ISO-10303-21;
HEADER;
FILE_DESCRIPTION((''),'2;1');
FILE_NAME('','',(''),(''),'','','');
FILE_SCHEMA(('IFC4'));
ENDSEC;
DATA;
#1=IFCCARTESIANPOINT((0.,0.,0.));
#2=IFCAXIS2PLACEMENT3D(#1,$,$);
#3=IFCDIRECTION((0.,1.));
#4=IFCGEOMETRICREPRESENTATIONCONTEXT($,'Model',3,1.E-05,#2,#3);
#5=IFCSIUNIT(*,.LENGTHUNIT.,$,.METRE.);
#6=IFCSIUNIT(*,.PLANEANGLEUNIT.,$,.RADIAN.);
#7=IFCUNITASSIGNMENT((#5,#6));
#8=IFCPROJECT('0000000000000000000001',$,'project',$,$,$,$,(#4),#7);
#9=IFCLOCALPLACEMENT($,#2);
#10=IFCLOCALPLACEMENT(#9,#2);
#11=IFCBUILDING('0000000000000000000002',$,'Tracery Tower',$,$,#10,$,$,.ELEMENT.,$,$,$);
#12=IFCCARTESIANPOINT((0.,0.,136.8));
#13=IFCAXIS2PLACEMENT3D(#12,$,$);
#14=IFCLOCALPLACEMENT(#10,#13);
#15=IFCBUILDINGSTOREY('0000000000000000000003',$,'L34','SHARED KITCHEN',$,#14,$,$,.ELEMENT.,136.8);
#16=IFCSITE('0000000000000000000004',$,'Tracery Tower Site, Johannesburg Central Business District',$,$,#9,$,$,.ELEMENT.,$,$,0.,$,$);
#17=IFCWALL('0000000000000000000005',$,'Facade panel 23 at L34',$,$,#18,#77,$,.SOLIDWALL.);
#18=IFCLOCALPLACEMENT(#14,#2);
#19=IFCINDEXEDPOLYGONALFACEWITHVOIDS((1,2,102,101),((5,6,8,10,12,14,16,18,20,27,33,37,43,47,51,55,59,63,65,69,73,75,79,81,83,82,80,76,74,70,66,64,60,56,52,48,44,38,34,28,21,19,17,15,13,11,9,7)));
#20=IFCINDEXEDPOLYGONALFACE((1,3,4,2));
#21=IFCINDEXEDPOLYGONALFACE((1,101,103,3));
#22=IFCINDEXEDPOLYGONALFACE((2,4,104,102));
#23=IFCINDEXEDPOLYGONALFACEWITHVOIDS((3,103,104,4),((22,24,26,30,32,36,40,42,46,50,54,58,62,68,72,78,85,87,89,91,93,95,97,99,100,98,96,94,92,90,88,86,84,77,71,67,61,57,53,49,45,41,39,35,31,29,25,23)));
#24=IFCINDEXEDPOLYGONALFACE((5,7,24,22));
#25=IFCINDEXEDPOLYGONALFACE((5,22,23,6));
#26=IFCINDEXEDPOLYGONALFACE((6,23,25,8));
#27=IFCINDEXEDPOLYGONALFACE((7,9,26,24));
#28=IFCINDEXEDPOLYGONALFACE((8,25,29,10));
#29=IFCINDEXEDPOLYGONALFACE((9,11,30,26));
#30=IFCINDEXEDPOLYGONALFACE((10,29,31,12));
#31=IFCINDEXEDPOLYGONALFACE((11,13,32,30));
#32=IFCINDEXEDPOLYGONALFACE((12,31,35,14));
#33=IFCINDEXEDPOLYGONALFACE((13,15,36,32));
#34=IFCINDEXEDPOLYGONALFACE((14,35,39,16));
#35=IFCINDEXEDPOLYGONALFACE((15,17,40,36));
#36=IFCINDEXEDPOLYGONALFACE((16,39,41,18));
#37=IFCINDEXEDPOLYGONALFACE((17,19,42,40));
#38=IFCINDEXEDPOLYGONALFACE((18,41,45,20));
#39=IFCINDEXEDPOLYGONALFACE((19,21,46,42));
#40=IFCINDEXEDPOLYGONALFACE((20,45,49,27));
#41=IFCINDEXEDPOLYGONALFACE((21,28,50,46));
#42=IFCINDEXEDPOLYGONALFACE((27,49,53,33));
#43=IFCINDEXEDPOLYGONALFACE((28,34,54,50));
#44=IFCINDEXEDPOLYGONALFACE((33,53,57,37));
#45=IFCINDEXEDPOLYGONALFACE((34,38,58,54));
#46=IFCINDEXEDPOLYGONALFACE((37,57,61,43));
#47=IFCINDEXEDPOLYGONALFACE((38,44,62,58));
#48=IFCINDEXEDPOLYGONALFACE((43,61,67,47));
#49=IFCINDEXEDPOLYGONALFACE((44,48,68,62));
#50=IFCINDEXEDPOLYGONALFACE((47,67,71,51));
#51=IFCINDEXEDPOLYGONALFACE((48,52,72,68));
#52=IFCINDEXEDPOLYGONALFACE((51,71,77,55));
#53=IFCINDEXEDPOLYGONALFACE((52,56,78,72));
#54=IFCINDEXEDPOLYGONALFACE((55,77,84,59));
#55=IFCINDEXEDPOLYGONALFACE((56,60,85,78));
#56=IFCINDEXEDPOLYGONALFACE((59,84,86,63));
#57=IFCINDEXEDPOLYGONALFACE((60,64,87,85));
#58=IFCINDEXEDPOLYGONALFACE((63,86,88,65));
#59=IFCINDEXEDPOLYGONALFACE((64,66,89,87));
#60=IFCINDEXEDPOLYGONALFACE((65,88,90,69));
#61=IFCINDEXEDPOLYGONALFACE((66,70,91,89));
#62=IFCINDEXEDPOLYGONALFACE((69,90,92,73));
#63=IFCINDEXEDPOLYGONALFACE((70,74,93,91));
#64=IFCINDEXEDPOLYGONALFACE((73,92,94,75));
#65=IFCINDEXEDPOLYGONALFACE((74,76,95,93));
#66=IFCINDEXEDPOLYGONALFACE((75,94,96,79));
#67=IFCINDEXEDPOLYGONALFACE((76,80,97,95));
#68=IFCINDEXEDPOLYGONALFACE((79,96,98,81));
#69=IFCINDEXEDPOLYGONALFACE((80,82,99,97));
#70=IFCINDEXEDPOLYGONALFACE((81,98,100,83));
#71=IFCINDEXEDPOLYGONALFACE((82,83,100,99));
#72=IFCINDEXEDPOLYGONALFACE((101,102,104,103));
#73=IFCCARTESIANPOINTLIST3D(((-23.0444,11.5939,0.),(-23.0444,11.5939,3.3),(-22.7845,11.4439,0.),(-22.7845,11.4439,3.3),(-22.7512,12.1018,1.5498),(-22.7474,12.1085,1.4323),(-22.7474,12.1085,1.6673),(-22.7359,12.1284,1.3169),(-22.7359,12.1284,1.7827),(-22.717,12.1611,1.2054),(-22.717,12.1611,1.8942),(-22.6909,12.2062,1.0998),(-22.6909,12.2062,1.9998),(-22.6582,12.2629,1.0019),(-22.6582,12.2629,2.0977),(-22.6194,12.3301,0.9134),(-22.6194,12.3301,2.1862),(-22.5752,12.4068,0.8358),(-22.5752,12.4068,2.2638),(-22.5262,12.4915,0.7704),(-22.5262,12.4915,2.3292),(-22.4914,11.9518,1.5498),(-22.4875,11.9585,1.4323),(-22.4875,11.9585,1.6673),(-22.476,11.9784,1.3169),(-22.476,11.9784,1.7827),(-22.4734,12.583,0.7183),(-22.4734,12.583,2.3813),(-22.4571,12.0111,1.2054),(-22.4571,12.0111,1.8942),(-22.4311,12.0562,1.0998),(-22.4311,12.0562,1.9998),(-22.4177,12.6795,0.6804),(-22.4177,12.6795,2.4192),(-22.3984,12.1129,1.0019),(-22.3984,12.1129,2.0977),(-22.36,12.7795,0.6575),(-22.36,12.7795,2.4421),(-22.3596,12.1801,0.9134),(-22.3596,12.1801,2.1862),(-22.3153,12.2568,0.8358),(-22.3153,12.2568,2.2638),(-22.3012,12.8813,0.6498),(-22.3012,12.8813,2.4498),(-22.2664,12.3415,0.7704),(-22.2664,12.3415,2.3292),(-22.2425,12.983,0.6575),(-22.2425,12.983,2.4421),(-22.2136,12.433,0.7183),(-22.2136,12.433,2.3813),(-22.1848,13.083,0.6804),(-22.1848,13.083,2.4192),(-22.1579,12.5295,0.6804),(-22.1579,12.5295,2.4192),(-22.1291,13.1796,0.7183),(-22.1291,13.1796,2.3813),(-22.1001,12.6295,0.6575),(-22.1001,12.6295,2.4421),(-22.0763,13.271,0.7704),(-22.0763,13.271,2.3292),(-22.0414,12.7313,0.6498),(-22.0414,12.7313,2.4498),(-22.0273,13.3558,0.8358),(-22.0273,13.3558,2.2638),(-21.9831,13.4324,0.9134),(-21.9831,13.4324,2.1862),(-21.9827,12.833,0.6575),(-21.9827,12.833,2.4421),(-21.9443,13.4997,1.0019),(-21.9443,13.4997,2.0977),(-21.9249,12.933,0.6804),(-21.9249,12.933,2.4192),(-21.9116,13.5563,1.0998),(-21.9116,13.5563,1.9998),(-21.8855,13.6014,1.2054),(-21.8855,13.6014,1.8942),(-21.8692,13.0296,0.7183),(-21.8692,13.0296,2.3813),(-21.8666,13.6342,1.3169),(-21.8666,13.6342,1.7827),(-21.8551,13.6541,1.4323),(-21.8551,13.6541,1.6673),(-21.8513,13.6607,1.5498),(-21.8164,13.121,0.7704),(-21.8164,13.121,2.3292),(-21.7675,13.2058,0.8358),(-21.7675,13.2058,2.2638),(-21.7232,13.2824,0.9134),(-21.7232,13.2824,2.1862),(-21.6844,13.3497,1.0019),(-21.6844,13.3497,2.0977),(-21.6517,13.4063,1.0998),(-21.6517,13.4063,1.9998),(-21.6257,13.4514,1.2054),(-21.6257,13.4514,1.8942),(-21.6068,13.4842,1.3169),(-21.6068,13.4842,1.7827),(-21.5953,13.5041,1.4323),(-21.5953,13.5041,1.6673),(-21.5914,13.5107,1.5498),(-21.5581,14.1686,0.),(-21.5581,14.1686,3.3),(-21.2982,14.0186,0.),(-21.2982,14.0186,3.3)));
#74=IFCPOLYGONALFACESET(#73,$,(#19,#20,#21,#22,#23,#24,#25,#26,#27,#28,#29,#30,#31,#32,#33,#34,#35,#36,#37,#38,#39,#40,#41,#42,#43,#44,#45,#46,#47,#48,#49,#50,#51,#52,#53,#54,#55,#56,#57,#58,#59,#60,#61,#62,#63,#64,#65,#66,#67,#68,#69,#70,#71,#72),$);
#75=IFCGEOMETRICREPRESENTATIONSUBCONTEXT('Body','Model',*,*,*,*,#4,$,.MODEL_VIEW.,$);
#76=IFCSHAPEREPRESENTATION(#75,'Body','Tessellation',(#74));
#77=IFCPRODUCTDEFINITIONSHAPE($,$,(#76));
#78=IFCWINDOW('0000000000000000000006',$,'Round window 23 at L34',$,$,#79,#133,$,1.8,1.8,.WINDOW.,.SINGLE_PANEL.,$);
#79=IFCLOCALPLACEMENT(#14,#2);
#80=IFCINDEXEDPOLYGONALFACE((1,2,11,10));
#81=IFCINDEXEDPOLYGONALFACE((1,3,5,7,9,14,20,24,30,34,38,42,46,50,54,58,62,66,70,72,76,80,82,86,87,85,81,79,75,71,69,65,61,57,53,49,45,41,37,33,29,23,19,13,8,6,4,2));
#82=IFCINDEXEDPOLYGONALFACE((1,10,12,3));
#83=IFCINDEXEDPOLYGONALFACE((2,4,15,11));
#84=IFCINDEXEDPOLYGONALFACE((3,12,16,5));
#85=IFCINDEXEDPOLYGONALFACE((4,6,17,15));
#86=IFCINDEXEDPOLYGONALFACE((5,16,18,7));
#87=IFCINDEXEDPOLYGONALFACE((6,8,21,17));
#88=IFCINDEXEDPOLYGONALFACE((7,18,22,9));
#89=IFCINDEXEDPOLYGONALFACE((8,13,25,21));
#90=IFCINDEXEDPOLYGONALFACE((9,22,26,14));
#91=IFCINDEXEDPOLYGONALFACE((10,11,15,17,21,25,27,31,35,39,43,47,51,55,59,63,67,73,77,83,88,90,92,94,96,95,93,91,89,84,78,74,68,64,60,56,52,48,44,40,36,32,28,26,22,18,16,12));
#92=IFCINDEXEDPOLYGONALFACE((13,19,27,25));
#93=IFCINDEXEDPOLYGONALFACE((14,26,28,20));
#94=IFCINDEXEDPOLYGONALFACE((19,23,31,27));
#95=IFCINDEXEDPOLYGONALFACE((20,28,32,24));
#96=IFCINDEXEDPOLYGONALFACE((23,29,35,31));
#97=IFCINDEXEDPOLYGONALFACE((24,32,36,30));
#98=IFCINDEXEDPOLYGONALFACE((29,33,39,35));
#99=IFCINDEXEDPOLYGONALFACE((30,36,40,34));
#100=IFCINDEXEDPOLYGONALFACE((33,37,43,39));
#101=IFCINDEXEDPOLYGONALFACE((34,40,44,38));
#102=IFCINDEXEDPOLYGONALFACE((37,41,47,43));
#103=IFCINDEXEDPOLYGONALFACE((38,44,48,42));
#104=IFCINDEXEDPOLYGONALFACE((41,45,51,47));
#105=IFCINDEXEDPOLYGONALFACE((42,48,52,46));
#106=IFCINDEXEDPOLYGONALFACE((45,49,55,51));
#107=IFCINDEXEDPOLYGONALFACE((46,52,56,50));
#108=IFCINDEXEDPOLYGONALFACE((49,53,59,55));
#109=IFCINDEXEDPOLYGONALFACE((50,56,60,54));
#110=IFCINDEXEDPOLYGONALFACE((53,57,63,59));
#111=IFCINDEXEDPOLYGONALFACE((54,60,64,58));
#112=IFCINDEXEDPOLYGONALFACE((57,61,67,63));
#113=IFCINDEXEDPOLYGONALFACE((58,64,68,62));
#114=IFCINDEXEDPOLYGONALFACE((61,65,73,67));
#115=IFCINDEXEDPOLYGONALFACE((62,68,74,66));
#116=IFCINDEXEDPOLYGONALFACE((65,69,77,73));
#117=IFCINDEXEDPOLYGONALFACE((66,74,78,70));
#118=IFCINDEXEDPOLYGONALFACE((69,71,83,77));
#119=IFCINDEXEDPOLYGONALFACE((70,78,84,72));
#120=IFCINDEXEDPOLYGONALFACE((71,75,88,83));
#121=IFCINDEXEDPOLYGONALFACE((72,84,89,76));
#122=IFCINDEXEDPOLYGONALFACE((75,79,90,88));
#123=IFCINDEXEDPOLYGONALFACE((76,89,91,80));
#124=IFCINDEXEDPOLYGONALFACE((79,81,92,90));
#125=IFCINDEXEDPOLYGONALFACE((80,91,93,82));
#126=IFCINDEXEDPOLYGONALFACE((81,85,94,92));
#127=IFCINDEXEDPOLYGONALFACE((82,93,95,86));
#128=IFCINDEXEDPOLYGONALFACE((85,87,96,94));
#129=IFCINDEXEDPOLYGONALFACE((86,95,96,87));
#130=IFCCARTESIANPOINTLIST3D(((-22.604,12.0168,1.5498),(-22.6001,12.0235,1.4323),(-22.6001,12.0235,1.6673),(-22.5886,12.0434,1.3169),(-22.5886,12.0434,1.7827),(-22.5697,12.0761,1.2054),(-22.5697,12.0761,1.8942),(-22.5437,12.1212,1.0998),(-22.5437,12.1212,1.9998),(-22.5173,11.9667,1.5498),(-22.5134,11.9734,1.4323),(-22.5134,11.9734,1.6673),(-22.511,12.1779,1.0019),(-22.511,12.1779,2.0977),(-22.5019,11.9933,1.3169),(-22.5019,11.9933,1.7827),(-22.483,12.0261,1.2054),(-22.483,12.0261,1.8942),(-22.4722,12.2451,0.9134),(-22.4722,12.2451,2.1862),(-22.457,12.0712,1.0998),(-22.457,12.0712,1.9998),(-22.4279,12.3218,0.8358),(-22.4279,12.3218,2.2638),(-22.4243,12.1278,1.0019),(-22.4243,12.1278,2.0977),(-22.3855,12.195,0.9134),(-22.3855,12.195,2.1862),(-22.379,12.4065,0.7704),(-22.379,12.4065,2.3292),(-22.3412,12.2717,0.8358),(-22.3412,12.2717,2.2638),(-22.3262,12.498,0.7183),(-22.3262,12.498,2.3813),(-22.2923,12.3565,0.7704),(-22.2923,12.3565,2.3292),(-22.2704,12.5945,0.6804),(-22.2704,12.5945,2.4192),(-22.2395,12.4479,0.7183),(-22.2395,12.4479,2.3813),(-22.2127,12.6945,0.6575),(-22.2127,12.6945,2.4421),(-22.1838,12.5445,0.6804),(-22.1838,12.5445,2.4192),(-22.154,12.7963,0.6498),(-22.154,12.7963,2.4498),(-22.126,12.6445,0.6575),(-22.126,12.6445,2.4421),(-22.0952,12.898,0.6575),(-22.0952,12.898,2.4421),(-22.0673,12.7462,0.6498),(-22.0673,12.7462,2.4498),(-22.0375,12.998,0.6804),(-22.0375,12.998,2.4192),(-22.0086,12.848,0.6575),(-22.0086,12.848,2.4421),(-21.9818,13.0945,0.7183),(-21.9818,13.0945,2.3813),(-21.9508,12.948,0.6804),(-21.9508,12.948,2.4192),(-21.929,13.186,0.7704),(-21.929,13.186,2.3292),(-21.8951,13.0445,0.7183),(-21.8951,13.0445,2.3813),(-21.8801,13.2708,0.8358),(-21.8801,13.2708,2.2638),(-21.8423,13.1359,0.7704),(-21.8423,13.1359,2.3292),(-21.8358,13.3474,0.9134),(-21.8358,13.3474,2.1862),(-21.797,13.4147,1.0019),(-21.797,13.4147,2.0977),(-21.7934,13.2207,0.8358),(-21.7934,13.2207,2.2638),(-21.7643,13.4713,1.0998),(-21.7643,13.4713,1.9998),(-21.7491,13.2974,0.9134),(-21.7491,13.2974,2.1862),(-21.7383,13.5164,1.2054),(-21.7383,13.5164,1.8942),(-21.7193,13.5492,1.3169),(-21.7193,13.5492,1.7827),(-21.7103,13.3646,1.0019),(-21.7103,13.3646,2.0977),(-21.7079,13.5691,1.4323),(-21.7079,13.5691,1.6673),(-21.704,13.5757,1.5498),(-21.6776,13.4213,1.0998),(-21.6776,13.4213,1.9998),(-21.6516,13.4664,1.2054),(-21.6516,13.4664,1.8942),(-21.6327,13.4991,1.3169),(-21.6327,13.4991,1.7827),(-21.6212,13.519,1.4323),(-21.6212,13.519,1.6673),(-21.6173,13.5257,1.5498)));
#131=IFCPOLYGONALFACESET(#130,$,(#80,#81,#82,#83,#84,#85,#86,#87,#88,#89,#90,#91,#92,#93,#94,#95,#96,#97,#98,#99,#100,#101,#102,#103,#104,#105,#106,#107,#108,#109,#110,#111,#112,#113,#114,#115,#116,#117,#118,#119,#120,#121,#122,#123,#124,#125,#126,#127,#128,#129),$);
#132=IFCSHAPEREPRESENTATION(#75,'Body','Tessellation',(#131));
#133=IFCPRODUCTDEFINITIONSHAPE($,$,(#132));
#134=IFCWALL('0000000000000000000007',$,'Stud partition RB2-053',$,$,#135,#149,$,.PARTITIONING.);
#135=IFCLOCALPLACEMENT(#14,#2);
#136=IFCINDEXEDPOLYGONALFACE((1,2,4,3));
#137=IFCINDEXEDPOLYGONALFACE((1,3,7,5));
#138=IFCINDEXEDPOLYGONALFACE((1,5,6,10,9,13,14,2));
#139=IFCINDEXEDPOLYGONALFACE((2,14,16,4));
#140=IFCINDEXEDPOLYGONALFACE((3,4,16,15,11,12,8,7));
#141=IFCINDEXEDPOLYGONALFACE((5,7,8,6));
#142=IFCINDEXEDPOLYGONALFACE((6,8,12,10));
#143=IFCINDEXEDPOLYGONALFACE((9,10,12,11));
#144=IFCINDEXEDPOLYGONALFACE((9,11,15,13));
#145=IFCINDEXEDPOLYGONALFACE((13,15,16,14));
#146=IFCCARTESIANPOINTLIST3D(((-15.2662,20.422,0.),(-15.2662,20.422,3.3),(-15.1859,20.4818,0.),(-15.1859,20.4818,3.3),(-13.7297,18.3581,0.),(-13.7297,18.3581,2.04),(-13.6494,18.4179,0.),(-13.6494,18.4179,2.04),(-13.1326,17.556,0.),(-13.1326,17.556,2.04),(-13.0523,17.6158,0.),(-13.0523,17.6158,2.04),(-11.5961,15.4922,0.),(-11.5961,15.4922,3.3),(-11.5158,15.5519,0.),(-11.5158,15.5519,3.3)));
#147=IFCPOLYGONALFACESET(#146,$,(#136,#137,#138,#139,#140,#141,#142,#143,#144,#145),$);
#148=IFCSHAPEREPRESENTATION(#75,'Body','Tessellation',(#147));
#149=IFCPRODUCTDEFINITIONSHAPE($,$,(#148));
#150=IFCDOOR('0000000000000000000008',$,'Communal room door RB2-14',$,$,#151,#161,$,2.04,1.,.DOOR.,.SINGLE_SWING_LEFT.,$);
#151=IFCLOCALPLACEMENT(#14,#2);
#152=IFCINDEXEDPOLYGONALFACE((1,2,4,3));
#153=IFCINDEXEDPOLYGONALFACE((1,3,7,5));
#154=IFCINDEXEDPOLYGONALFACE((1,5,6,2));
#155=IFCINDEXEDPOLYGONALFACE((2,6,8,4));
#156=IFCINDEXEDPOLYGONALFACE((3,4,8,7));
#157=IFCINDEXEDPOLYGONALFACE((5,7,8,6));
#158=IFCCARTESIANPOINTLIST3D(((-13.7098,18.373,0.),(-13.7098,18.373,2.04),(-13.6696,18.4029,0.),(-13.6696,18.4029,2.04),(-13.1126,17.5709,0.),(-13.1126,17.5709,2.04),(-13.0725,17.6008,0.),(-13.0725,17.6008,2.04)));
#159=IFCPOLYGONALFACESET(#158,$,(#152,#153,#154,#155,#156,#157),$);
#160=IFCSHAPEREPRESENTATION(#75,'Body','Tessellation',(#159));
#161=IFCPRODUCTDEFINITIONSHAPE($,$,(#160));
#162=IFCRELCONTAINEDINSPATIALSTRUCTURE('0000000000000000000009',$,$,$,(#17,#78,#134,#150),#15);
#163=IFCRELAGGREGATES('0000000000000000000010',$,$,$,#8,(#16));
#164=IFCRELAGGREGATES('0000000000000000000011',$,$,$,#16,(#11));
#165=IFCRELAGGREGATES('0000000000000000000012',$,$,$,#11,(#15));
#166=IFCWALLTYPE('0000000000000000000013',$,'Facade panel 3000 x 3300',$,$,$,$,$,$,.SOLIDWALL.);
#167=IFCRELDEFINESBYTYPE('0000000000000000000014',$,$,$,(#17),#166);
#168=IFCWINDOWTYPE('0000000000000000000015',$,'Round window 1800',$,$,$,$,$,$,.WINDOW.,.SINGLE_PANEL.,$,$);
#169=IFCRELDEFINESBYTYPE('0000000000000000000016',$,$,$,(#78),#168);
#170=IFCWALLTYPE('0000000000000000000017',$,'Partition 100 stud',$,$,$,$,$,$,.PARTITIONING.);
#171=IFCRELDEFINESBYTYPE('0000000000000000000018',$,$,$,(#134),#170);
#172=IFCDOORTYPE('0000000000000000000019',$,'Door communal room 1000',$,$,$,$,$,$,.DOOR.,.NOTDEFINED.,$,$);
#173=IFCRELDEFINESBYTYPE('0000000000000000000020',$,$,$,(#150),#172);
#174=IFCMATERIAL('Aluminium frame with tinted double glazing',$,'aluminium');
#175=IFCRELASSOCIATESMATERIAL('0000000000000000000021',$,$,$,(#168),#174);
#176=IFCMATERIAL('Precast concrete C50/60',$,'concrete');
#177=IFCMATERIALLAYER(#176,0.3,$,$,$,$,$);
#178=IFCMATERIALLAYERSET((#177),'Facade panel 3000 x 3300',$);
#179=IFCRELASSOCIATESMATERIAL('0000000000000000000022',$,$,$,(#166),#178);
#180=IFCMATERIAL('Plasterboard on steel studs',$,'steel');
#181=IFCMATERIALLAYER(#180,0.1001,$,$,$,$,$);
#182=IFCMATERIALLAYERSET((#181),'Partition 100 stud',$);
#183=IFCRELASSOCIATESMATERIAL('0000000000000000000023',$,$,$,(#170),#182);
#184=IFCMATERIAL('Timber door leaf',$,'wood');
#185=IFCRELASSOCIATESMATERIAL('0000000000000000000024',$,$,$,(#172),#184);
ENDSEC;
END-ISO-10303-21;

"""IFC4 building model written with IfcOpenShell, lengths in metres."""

from ifc_helpers import new_model, si_unit, direction, frame, frame_2d, origin, origin_2d, place, context, subcontext, project, spatial, rectangle, circle, extrude, material, layer, layer_set, type_object, element, fill, save


model = new_model("IFC4")

# Units and contexts
model_context = context("Model", 3, precision=1e-05, world=origin(), true_north=direction((0.0, 1.0)))
body_context = subcontext(model_context, "Body", "Model", "MODEL_VIEW")
ifc_project = project(units=[si_unit("LENGTHUNIT", "METRE"), si_unit("PLANEANGLEUNIT", "RADIAN")], contexts=[model_context])

# Site, building, storey
site_placement = place(None, origin())
site = spatial("IfcSite", under=ifc_project, at=site_placement, Name="Tracery Tower Site, Johannesburg Central Business District", CompositionType="ELEMENT", RefElevation=0.0)
building_placement = place(site_placement, origin())
building = spatial("IfcBuilding", under=site, at=building_placement, Name="Tracery Tower", CompositionType="ELEMENT")
storey_placement = place(building_placement, frame((0.0, 0.0, 136.8)))
storey = spatial("IfcBuildingStorey", under=building, at=storey_placement, Name="L34", Description="SHARED KITCHEN", CompositionType="ELEMENT", Elevation=136.8)

# Wall, opening, window
ifc_material_1 = material(Name="Aluminium frame with tinted double glazing", Category="aluminium")
window_type = type_object("IfcWindowType", Name="Round window 1800", PartitioningType="SINGLE_PANEL", PredefinedType="WINDOW", material=ifc_material_1)
ifc_material_2 = material(Name="Precast concrete C50/60", Category="concrete")
ifc_layer_1 = layer(ifc_material_2, 0.3)
ifc_layer_set_1 = layer_set([ifc_layer_1], Name="Facade panel 3000 x 3300")
wall_type_1 = type_object("IfcWallType", Name="Facade panel 3000 x 3300", PredefinedType="SOLIDWALL", material=ifc_layer_set_1)
wall_1_placement = place(storey_placement, frame((-21.4282, 14.0935, 0.0), z_axis=(0.0, 0.0, 1.0), x_axis=(-0.499955, -0.866052, 0.0)))
wall_1 = element("IfcWall", 1, at=wall_1_placement, inside=storey, type_object=wall_type_1, Name="Facade panel 23 at L34", PredefinedType="SOLIDWALL", context=body_context, shape_type="SweptSolid", body=[
    extrude(rectangle(XDim=2.9729, YDim=0.3, at=frame_2d((1.4863, 0.0))), origin(), (0.0, 0.0, 1.0), 3.3),
])
opening_1_placement = place(wall_1_placement, frame((1.4863, 0.0, 1.5498)))
opening_1 = element("IfcOpeningElement", 2, at=opening_1_placement, cuts=wall_1, PredefinedType="OPENING", context=body_context, shape_type="SweptSolid", body=[
    extrude(circle(Radius=0.9, at=origin_2d()), frame((0.0, 0.1599, 0.0), z_axis=(0.0, -1.0, 0.0), x_axis=(1.0, 0.0, 0.0)), (0.0, 0.0, 1.0), 0.3201),
])
window_1_placement = place(opening_1_placement, origin())
window_1 = element("IfcWindow", 3, at=window_1_placement, inside=storey, type_object=window_type, Name="Round window 23 at L34", OverallHeight=1.8, OverallWidth=1.8, PartitioningType="SINGLE_PANEL", PredefinedType="WINDOW", context=body_context, shape_type="SweptSolid", body=[
    extrude(circle(Radius=0.9, at=origin_2d()), frame((0.0, 0.1201, 0.0), z_axis=(0.0, -1.0, 0.0), x_axis=(1.0, 0.0, 0.0)), (0.0, 0.0, 1.0), 0.1001),
])
fill(opening_1, window_1)

# Wall, opening, door
ifc_material_3 = material(Name="Plasterboard on steel studs", Category="steel")
ifc_layer_2 = layer(ifc_material_3, 0.1001)
ifc_layer_set_2 = layer_set([ifc_layer_2], Name="Partition 100 stud")
wall_type_2 = type_object("IfcWallType", Name="Partition 100 stud", PredefinedType="PARTITIONING", material=ifc_layer_set_2)
wall_2_placement = place(storey_placement, frame((-15.2261, 20.4519, 0.0), z_axis=(0.0, 0.0, 1.0), x_axis=(0.597155, -0.802126, 0.0)))
wall_2 = element("IfcWall", 4, at=wall_2_placement, inside=storey, type_object=wall_type_2, Name="Stud partition RB2-053", PredefinedType="PARTITIONING", context=body_context, shape_type="SweptSolid", body=[
    extrude(rectangle(XDim=6.146, YDim=0.1001, at=frame_2d((3.073, 0.0))), origin(), (0.0, 0.0, 1.0), 3.3),
])
opening_2_placement = place(wall_2_placement, frame((2.573, 0.0, 0.0)))
opening_2 = element("IfcOpeningElement", 5, at=opening_2_placement, cuts=wall_2, PredefinedType="OPENING", context=body_context, shape_type="SweptSolid", body=[
    extrude(rectangle(XDim=1.0, YDim=2.04, at=frame_2d((0.5, 1.02))), frame((0.0, 0.05, 0.0), z_axis=(0.0, -1.0, 0.0), x_axis=(1.0, 0.0, 0.0)), (0.0, 0.0, 1.0), 0.1001),
])
ifc_material_4 = material(Name="Timber door leaf", Category="wood")
door_type_1 = type_object("IfcDoorType", Name="Door communal room 1000", OperationType="NOTDEFINED", PredefinedType="DOOR", material=ifc_material_4)
door_1_placement = place(opening_2_placement, origin())
door_1 = element("IfcDoor", 6, at=door_1_placement, inside=storey, type_object=door_type_1, Name="Communal room door RB2-14", OperationType="SINGLE_SWING_LEFT", OverallHeight=2.04, OverallWidth=1.0, PredefinedType="DOOR", context=body_context, shape_type="SweptSolid", body=[
    extrude(rectangle(XDim=1.0, YDim=2.04, at=frame_2d((0.5, 1.02))), frame((0.0, 0.0249, 0.0), z_axis=(0.0, -1.0, 0.0), x_axis=(1.0, 0.0, 0.0)), (0.0, 0.0, 1.0), 0.05),
])
fill(opening_2, door_1)

save(model, "model.ifc")
